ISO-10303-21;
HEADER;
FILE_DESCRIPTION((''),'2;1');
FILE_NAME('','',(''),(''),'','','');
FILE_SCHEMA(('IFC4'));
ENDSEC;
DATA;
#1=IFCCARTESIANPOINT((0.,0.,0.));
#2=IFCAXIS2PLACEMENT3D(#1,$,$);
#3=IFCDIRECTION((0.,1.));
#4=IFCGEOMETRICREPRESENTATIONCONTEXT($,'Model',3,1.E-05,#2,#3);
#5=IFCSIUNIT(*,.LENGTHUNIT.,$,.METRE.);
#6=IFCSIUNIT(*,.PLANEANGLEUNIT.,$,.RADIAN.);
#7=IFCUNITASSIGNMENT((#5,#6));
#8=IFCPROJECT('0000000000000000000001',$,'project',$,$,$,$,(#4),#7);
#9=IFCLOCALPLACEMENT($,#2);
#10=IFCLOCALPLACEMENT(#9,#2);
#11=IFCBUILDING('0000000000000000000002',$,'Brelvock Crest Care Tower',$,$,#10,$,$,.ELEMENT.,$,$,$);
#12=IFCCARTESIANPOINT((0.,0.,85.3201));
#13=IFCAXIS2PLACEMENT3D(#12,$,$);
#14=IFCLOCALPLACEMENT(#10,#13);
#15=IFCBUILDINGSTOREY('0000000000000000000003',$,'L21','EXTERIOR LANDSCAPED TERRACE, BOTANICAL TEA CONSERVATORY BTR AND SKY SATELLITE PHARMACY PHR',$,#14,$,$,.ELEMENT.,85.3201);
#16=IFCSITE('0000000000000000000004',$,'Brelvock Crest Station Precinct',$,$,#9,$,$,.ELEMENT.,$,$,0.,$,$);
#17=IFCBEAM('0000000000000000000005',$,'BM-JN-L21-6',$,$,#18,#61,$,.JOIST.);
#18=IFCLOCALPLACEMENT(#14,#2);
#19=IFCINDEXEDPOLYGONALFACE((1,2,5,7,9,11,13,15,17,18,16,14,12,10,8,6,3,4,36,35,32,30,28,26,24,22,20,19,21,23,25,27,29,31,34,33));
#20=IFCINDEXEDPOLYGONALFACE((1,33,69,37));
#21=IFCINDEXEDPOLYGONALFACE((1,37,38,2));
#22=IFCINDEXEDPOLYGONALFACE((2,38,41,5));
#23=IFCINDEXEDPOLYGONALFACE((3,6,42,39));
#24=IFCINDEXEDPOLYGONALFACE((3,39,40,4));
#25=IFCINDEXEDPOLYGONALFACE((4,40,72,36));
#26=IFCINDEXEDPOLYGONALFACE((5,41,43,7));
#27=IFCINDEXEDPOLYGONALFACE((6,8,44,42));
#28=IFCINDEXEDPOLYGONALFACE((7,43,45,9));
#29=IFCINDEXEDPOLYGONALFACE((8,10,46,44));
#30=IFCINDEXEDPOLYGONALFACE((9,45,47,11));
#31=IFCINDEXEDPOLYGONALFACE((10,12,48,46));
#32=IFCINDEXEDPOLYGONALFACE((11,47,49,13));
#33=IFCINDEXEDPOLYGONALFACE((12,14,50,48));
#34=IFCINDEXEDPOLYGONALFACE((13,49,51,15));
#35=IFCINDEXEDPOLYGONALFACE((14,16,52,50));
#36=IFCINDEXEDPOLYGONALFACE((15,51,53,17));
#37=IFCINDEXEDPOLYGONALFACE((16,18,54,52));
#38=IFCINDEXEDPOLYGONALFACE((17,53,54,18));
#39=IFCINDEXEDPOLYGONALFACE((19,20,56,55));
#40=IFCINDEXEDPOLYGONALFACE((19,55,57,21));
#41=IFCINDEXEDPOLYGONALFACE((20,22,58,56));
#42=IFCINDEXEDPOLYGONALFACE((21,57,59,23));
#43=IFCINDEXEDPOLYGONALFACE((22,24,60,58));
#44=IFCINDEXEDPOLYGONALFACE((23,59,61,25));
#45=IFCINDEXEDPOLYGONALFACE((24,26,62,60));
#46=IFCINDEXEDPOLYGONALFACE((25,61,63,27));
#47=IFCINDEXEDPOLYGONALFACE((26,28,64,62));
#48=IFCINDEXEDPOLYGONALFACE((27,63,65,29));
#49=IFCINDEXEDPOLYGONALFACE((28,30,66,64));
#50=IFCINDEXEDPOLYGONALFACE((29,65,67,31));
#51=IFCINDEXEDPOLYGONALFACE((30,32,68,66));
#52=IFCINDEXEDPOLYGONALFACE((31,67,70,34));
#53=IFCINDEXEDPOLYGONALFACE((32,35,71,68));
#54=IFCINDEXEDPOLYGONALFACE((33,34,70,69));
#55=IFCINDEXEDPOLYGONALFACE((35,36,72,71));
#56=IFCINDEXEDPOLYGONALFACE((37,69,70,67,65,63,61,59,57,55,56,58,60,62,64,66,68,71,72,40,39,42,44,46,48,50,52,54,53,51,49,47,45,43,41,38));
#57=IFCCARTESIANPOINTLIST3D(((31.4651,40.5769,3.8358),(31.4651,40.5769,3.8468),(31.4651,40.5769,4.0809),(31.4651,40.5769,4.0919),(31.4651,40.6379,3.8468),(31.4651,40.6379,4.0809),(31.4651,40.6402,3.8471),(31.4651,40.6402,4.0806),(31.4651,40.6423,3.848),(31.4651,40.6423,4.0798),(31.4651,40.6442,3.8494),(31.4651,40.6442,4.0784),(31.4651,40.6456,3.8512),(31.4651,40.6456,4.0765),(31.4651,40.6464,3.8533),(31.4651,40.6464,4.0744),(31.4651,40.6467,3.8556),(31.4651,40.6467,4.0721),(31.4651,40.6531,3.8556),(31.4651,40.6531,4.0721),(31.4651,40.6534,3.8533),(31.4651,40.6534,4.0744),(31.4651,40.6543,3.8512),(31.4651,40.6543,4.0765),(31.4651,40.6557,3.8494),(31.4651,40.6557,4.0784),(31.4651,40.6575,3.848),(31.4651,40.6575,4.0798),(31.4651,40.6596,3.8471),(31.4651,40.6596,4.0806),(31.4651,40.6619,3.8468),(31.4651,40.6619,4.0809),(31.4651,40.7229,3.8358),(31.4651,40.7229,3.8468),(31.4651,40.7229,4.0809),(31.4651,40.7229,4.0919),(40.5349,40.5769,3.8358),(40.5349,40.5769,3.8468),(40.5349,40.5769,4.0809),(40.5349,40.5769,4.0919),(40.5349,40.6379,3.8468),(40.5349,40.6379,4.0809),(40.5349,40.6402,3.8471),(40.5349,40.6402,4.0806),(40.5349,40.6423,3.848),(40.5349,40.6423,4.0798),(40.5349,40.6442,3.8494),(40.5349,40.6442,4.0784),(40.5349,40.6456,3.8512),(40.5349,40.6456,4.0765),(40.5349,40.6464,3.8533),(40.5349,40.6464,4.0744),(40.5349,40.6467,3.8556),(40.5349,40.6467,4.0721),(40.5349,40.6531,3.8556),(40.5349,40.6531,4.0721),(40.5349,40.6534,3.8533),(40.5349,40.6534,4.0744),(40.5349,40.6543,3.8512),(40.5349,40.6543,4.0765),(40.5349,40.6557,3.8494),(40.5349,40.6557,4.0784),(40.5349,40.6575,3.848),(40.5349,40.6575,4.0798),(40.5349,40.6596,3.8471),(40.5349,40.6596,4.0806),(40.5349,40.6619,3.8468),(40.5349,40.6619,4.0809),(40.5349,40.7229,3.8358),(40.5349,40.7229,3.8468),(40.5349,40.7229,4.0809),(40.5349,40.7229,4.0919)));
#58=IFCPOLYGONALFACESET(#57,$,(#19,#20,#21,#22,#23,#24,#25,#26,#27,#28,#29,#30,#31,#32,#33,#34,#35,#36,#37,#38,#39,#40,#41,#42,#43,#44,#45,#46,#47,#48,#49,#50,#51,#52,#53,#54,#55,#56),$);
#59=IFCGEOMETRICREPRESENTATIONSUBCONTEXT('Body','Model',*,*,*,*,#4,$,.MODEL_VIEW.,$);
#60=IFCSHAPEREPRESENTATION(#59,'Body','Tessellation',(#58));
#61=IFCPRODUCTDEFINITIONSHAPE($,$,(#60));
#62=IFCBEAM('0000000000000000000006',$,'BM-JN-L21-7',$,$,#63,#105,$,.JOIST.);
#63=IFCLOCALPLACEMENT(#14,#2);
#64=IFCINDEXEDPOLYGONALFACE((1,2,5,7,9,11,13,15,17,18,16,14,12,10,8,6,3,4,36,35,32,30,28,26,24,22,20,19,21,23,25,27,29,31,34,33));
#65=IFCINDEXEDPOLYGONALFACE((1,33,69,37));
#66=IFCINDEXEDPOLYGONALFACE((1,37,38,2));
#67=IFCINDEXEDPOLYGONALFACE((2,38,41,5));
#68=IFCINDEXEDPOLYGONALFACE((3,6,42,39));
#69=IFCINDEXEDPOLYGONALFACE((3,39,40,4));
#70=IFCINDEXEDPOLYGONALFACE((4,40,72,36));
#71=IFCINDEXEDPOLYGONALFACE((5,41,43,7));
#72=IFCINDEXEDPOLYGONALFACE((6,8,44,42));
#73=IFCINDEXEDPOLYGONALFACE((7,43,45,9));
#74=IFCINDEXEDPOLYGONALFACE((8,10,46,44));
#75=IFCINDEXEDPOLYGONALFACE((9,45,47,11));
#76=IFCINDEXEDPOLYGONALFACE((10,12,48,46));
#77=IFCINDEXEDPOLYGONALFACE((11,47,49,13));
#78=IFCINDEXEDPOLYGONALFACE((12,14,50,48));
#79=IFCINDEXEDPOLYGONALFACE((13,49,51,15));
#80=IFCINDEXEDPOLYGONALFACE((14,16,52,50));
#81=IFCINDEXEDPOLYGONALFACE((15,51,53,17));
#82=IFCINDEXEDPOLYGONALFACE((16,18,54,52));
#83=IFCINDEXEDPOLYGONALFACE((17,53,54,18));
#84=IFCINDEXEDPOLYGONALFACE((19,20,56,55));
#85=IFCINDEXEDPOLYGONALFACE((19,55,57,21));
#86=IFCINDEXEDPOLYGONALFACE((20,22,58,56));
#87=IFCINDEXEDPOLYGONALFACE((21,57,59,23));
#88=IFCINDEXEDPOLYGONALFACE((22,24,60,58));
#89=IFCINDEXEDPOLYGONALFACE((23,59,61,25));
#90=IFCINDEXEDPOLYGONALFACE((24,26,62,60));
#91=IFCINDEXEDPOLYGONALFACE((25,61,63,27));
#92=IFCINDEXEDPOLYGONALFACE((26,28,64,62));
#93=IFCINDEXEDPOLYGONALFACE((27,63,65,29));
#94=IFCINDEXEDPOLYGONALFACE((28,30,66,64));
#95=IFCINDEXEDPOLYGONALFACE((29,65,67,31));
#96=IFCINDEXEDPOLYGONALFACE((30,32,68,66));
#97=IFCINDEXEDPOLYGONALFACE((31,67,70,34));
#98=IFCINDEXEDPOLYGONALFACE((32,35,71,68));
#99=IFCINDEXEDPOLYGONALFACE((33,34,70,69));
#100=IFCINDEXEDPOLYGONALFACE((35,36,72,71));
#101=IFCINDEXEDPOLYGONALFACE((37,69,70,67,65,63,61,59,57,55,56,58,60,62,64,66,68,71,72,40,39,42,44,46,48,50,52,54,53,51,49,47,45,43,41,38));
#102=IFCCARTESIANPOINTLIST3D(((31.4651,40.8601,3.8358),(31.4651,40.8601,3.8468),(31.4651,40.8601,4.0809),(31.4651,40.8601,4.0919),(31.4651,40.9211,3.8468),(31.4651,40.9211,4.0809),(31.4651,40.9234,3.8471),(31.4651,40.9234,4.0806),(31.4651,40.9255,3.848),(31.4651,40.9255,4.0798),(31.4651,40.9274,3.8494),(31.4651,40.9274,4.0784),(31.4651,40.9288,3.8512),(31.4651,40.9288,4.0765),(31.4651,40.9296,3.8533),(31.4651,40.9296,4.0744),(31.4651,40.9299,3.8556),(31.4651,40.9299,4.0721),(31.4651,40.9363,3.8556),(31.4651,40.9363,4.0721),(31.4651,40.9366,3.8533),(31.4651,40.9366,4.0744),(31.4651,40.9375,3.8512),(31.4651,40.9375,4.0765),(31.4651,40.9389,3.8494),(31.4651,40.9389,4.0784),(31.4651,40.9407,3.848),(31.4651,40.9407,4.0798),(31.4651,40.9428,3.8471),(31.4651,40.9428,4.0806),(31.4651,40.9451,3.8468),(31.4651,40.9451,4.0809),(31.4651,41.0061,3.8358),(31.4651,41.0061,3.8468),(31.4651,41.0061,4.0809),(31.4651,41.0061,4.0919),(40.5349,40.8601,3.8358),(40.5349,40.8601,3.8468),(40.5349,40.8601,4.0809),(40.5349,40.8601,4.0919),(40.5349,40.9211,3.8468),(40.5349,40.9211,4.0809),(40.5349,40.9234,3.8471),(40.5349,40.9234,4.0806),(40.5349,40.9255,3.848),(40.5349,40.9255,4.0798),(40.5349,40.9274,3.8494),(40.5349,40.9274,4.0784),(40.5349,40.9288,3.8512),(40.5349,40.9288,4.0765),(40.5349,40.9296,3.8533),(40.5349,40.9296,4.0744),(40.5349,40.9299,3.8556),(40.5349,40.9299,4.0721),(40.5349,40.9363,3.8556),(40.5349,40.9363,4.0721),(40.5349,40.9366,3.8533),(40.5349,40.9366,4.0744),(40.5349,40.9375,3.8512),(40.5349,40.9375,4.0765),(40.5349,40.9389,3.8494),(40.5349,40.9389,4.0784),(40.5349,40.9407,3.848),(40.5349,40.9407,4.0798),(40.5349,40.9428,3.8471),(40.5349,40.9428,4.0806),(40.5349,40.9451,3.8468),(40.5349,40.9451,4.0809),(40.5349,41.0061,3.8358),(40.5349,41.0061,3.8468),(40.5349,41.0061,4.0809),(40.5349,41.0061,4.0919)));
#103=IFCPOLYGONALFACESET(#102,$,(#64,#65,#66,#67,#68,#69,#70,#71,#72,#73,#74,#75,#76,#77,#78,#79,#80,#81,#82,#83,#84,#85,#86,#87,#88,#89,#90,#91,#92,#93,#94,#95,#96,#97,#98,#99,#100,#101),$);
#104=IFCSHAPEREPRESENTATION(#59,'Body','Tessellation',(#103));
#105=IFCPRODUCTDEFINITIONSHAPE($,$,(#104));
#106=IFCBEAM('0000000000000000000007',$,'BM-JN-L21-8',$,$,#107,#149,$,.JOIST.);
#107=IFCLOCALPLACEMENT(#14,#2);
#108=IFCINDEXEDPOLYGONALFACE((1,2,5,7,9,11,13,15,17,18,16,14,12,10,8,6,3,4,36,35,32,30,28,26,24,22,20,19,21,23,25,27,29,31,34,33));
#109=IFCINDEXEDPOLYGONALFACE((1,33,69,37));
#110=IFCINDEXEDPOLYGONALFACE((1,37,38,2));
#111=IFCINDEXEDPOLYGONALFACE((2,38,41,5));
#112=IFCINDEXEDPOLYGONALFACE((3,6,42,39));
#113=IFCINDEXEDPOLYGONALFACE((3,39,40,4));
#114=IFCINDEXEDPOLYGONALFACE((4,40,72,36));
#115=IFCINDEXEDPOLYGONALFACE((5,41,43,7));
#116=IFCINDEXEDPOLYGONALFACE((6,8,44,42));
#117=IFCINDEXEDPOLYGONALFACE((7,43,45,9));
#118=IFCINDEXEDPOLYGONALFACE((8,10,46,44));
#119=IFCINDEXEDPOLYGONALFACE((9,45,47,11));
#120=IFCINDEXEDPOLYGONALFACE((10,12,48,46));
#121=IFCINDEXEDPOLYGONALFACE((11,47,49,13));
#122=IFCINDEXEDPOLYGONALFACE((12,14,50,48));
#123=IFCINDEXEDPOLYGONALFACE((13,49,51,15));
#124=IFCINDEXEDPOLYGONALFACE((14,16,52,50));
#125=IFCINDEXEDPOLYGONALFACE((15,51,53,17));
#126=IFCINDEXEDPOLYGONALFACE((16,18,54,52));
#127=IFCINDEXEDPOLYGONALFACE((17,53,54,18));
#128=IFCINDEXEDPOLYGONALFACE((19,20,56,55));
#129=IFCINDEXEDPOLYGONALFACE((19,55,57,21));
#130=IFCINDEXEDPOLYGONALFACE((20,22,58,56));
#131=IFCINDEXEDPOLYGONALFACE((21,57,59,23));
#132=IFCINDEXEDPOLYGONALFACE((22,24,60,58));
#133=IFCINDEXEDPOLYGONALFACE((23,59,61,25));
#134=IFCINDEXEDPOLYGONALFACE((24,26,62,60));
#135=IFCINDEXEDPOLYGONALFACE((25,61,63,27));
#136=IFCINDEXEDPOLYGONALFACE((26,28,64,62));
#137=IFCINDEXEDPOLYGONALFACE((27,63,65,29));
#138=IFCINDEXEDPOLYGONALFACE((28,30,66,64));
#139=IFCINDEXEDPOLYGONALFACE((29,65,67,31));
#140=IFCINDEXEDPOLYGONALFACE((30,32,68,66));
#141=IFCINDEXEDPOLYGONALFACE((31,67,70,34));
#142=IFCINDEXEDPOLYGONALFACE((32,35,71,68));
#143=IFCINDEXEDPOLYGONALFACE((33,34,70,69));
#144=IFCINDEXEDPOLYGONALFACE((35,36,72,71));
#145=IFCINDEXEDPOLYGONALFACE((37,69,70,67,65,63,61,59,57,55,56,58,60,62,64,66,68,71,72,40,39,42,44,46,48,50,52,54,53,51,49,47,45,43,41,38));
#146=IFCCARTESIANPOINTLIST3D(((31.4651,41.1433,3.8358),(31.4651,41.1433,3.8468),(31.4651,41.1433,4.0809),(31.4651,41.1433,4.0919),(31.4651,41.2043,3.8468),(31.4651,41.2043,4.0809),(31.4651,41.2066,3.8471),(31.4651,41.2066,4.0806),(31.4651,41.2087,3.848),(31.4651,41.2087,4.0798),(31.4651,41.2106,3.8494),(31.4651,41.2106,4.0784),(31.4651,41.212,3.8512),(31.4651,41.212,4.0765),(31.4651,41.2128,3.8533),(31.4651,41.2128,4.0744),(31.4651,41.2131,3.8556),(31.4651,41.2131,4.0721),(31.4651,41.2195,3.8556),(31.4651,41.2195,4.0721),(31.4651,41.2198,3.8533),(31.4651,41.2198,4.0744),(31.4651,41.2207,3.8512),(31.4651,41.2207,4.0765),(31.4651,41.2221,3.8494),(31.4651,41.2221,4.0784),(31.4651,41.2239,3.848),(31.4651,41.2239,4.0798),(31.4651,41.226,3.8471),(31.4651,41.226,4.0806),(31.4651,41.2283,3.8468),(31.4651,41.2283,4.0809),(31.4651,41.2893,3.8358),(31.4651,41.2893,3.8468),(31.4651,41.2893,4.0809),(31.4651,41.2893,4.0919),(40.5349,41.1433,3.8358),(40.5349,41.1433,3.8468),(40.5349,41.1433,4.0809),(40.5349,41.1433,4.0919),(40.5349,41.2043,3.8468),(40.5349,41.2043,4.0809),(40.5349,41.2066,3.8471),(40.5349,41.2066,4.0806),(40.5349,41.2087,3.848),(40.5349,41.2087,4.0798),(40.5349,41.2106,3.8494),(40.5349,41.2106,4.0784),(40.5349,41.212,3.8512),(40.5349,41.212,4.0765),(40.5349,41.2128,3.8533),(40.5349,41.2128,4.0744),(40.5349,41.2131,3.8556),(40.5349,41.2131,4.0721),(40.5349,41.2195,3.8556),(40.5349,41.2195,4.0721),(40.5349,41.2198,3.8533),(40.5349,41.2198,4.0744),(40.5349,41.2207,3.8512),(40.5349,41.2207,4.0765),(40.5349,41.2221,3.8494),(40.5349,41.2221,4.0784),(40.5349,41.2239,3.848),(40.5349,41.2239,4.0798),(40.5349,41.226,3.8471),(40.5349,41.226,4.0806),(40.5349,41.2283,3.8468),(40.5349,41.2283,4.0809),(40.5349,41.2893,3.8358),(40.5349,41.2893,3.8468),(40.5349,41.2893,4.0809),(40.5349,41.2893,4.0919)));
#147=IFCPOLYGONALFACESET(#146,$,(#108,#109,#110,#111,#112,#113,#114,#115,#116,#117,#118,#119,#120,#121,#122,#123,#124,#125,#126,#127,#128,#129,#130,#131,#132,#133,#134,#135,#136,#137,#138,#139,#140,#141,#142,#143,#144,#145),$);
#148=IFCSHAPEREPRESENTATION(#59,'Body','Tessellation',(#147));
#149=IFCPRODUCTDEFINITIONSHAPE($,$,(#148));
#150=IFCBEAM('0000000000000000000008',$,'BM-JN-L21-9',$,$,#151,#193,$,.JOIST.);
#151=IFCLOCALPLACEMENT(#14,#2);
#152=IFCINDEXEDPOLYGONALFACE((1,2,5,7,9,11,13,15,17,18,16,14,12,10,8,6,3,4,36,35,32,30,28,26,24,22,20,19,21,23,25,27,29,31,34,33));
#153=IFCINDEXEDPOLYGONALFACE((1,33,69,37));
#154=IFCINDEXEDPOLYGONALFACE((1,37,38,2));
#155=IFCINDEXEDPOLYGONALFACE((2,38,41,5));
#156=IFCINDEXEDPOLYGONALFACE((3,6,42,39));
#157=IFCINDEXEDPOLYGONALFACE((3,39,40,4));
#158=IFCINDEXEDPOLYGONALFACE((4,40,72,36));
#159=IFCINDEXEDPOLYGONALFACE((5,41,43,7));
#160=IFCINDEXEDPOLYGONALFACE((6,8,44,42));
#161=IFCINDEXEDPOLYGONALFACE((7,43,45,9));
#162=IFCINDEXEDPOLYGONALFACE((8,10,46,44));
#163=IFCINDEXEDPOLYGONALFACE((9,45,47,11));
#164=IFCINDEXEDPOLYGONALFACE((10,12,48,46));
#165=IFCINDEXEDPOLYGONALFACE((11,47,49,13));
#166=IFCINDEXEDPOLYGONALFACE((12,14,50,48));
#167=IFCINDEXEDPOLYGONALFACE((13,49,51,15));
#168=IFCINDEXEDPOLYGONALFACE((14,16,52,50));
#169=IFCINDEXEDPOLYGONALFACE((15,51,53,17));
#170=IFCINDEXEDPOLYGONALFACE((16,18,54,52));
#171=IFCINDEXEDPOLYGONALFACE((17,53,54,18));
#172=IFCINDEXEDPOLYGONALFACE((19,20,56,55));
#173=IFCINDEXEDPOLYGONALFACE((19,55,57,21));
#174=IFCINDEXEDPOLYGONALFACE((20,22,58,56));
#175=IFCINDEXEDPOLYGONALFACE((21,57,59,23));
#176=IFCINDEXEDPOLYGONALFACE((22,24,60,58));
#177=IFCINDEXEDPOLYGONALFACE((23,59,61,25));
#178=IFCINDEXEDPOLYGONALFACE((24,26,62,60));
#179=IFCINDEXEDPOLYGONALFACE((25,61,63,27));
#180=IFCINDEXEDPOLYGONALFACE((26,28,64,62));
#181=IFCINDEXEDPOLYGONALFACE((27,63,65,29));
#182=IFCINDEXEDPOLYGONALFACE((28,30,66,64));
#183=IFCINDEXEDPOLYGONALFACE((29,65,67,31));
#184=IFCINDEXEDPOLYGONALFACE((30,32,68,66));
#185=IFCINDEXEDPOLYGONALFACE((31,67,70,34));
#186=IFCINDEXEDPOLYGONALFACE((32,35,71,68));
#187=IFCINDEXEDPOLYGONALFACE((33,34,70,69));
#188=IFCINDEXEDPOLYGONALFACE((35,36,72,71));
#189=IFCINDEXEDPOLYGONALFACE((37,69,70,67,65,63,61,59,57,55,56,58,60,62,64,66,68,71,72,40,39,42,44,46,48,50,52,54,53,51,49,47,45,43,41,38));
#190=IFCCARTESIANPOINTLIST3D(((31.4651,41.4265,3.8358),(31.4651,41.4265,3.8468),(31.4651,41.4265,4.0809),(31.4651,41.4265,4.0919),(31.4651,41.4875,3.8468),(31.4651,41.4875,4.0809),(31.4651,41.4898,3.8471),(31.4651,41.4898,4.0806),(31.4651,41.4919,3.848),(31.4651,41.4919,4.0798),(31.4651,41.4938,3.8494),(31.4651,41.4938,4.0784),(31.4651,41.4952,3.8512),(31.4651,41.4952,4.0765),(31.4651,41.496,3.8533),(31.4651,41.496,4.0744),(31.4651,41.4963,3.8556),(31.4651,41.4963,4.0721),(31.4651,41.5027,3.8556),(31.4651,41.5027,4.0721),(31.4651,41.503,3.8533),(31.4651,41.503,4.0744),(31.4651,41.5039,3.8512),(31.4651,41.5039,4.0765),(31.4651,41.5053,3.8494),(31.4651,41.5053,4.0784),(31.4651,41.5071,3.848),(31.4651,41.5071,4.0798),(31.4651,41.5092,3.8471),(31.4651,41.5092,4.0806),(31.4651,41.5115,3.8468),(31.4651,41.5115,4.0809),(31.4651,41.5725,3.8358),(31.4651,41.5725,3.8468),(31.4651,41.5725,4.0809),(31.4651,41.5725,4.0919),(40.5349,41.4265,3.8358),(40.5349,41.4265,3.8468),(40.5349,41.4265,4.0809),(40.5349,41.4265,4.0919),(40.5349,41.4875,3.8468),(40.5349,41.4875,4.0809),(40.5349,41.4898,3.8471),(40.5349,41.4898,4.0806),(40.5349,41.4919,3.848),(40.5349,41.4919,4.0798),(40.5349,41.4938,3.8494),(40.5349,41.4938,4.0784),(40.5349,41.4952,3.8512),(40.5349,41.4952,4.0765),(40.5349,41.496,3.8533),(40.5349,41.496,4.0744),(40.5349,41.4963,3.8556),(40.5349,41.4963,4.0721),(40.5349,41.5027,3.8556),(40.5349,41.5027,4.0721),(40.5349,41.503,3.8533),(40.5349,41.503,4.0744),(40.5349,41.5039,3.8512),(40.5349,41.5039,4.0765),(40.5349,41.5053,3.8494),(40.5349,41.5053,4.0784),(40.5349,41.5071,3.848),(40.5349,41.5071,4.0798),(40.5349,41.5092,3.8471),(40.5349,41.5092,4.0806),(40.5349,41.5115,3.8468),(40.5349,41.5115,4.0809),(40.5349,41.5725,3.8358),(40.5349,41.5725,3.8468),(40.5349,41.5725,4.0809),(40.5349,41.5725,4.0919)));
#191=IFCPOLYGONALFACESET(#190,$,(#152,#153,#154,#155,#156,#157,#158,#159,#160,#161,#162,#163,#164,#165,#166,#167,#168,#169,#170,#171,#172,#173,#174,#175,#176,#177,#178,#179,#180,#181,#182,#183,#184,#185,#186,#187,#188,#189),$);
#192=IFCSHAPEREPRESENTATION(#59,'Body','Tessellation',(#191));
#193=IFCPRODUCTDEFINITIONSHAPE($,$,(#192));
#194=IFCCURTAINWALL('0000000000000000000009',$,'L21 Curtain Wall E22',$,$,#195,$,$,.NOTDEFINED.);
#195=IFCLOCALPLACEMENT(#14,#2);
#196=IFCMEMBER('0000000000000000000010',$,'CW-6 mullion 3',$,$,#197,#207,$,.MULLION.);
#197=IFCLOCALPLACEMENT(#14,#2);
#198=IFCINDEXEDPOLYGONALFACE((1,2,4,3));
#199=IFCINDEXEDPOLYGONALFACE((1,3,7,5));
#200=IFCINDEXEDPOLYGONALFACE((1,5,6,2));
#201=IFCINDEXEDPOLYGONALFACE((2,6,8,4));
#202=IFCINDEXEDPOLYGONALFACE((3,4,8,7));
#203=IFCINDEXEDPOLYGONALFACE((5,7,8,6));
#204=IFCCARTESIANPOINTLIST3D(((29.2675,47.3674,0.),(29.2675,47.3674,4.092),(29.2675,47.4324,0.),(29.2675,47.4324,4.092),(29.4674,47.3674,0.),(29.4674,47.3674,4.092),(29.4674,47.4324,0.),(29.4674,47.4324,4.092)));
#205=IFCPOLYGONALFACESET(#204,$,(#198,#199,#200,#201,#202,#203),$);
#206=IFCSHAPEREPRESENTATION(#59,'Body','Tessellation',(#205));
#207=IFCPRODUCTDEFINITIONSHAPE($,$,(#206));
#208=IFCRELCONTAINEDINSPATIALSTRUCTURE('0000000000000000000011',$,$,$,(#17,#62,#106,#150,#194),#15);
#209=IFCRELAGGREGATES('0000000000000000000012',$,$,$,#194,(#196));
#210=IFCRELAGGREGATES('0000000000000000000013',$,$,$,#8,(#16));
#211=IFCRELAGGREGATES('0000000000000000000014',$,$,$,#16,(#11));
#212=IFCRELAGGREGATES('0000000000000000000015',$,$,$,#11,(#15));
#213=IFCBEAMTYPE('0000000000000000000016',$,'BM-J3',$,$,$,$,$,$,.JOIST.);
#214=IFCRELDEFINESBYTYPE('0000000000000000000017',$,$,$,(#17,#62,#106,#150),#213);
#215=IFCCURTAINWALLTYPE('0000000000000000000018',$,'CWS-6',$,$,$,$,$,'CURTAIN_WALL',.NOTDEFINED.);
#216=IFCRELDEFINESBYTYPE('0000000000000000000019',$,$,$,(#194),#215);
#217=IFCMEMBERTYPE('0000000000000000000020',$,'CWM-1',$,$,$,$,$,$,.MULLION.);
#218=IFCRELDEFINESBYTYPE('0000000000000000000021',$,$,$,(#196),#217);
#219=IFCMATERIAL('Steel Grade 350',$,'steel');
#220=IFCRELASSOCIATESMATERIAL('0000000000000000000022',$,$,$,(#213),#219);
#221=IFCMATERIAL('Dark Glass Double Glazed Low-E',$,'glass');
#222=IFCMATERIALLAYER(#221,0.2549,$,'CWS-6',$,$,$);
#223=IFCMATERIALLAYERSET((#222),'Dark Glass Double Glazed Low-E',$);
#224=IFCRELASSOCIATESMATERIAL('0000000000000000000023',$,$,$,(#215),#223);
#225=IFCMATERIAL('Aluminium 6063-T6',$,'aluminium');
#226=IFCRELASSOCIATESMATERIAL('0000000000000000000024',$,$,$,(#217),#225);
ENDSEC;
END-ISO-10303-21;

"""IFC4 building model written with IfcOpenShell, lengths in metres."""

from ifc_helpers import new_model, si_unit, direction, frame, origin, origin_2d, place, context, subcontext, project, spatial, rectangle, i_section, extrude, source, transform, mapped, material, layer, layer_set, material_profile, profile_set, type_object, element, aggregate, save


model = new_model("IFC4")

# Units and contexts
model_context = context("Model", 3, precision=1e-05, world=origin(), true_north=direction((0.0, 1.0)))
body_context = subcontext(model_context, "Body", "Model", "MODEL_VIEW")
ifc_project = project(units=[si_unit("LENGTHUNIT", "METRE"), si_unit("PLANEANGLEUNIT", "RADIAN")], contexts=[model_context])

# Site, building, storey
site_placement = place(None, origin())
site = spatial("IfcSite", under=ifc_project, at=site_placement, Name="Brelvock Crest Station Precinct", CompositionType="ELEMENT", RefElevation=0.0)
building_placement = place(site_placement, origin())
building = spatial("IfcBuilding", under=site, at=building_placement, Name="Brelvock Crest Care Tower", CompositionType="ELEMENT")
storey_placement = place(building_placement, frame((0.0, 0.0, 85.3201)))
storey = spatial("IfcBuildingStorey", under=building, at=storey_placement, Name="L21", Description="EXTERIOR LANDSCAPED TERRACE, BOTANICAL TEA CONSERVATORY BTR AND SKY SATELLITE PHARMACY PHR", CompositionType="ELEMENT", Elevation=85.3201)

# Shared definitions
ifc_material_1 = material(Name="Steel Grade 350", Category="steel")

# Beams
ifc_material_profile_1 = material_profile(ifc_material_1, i_section(OverallWidth=0.146, OverallDepth=0.2561, WebThickness=0.0063, FlangeThickness=0.011, FilletRadius=0.0088, at=origin_2d()), Name="250UB37.3")
ifc_profile_set_1 = profile_set([ifc_material_profile_1], Name="Steel Grade 350")
beam_type_1 = type_object("IfcBeamType", Name="BM-J3", PredefinedType="JOIST", material=ifc_profile_set_1)
shared_shape_1 = source(origin(), body_context, "Body", "SweptSolid", [
    extrude(i_section(OverallWidth=0.146, OverallDepth=0.2561, WebThickness=0.0063, FlangeThickness=0.011, FilletRadius=0.0088, at=origin_2d()), origin(), (0.0, 0.0, 1.0), 9.0698),
])
for number, where, z_axis, x_axis, name in (
    (1, (31.4651, 40.6499, 3.9639), (1.0, 0.0, 0.0), (0.0, 1.0, 0.0), "BM-JN-L21-6"),
    (2, (31.4651, 40.9331, 3.9639), (1.0, 0.0, 0.0), (0.0, 1.0, 0.0), "BM-JN-L21-7"),
    (3, (31.4651, 41.2163, 3.9639), (1.0, 0.0, 0.0), (0.0, 1.0, 0.0), "BM-JN-L21-8"),
    (4, (31.4651, 41.4995, 3.9639), (1.0, 0.0, 0.0), (0.0, 1.0, 0.0), "BM-JN-L21-9"),
):
    element("IfcBeam", number, at=place(storey_placement, frame(where, z_axis=z_axis, x_axis=x_axis)), inside=storey, type_object=beam_type_1, Name=name, PredefinedType="JOIST", context=body_context, shape_type="MappedRepresentation", body=[
        mapped(shared_shape_1, transform((0.0, 0.0, 0.0), x_axis=(1.0, 0.0, 0.0), y_axis=(0.0, 1.0, 0.0), z_axis=(0.0, 0.0, 1.0), scale=1.0)),
    ])

# Curtain wall, member
ifc_material_2 = material(Name="Dark Glass Double Glazed Low-E", Category="glass")
ifc_layer_1 = layer(ifc_material_2, 0.2549, Name="CWS-6")
ifc_layer_set_1 = layer_set([ifc_layer_1], Name="Dark Glass Double Glazed Low-E")
curtain_wall_type = type_object("IfcCurtainWallType", Name="CWS-6", ElementType="CURTAIN_WALL", PredefinedType="NOTDEFINED", material=ifc_layer_set_1)
curtain_wall_placement = place(storey_placement, origin())
curtain_wall = element("IfcCurtainWall", 5, at=curtain_wall_placement, inside=storey, type_object=curtain_wall_type, Name="L21 Curtain Wall E22", PredefinedType="NOTDEFINED")
ifc_material_3 = material(Name="Aluminium 6063-T6", Category="aluminium")
ifc_material_profile_2 = material_profile(ifc_material_3, rectangle(XDim=0.0649, YDim=0.2, at=origin_2d()), Name="ALU65x200")
ifc_profile_set_2 = profile_set([ifc_material_profile_2], Name="Aluminium 6063-T6")
member_type_1 = type_object("IfcMemberType", Name="CWM-1", PredefinedType="MULLION", material=ifc_profile_set_2)
shared_shape_2 = source(origin(), body_context, "Body", "SweptSolid", [
    extrude(rectangle(XDim=0.0649, YDim=0.2, at=origin_2d()), origin(), (0.0, 0.0, 1.0), 4.092),
])
member_1_placement = place(storey_placement, frame((29.3674, 47.3999, 0.0), z_axis=(0.0, 0.0, 1.0), x_axis=(0.0, 1.0, 0.0)))
member_1 = element("IfcMember", 6, at=member_1_placement, type_object=member_type_1, Name="CW-6 mullion 3", PredefinedType="MULLION", context=body_context, shape_type="MappedRepresentation", body=[
    mapped(shared_shape_2, transform((0.0, 0.0, 0.0), x_axis=(1.0, 0.0, 0.0), y_axis=(0.0, 1.0, 0.0), z_axis=(0.0, 0.0, 1.0), scale=1.0)),
])
aggregate(curtain_wall, [member_1])

save(model, "model.ifc")
